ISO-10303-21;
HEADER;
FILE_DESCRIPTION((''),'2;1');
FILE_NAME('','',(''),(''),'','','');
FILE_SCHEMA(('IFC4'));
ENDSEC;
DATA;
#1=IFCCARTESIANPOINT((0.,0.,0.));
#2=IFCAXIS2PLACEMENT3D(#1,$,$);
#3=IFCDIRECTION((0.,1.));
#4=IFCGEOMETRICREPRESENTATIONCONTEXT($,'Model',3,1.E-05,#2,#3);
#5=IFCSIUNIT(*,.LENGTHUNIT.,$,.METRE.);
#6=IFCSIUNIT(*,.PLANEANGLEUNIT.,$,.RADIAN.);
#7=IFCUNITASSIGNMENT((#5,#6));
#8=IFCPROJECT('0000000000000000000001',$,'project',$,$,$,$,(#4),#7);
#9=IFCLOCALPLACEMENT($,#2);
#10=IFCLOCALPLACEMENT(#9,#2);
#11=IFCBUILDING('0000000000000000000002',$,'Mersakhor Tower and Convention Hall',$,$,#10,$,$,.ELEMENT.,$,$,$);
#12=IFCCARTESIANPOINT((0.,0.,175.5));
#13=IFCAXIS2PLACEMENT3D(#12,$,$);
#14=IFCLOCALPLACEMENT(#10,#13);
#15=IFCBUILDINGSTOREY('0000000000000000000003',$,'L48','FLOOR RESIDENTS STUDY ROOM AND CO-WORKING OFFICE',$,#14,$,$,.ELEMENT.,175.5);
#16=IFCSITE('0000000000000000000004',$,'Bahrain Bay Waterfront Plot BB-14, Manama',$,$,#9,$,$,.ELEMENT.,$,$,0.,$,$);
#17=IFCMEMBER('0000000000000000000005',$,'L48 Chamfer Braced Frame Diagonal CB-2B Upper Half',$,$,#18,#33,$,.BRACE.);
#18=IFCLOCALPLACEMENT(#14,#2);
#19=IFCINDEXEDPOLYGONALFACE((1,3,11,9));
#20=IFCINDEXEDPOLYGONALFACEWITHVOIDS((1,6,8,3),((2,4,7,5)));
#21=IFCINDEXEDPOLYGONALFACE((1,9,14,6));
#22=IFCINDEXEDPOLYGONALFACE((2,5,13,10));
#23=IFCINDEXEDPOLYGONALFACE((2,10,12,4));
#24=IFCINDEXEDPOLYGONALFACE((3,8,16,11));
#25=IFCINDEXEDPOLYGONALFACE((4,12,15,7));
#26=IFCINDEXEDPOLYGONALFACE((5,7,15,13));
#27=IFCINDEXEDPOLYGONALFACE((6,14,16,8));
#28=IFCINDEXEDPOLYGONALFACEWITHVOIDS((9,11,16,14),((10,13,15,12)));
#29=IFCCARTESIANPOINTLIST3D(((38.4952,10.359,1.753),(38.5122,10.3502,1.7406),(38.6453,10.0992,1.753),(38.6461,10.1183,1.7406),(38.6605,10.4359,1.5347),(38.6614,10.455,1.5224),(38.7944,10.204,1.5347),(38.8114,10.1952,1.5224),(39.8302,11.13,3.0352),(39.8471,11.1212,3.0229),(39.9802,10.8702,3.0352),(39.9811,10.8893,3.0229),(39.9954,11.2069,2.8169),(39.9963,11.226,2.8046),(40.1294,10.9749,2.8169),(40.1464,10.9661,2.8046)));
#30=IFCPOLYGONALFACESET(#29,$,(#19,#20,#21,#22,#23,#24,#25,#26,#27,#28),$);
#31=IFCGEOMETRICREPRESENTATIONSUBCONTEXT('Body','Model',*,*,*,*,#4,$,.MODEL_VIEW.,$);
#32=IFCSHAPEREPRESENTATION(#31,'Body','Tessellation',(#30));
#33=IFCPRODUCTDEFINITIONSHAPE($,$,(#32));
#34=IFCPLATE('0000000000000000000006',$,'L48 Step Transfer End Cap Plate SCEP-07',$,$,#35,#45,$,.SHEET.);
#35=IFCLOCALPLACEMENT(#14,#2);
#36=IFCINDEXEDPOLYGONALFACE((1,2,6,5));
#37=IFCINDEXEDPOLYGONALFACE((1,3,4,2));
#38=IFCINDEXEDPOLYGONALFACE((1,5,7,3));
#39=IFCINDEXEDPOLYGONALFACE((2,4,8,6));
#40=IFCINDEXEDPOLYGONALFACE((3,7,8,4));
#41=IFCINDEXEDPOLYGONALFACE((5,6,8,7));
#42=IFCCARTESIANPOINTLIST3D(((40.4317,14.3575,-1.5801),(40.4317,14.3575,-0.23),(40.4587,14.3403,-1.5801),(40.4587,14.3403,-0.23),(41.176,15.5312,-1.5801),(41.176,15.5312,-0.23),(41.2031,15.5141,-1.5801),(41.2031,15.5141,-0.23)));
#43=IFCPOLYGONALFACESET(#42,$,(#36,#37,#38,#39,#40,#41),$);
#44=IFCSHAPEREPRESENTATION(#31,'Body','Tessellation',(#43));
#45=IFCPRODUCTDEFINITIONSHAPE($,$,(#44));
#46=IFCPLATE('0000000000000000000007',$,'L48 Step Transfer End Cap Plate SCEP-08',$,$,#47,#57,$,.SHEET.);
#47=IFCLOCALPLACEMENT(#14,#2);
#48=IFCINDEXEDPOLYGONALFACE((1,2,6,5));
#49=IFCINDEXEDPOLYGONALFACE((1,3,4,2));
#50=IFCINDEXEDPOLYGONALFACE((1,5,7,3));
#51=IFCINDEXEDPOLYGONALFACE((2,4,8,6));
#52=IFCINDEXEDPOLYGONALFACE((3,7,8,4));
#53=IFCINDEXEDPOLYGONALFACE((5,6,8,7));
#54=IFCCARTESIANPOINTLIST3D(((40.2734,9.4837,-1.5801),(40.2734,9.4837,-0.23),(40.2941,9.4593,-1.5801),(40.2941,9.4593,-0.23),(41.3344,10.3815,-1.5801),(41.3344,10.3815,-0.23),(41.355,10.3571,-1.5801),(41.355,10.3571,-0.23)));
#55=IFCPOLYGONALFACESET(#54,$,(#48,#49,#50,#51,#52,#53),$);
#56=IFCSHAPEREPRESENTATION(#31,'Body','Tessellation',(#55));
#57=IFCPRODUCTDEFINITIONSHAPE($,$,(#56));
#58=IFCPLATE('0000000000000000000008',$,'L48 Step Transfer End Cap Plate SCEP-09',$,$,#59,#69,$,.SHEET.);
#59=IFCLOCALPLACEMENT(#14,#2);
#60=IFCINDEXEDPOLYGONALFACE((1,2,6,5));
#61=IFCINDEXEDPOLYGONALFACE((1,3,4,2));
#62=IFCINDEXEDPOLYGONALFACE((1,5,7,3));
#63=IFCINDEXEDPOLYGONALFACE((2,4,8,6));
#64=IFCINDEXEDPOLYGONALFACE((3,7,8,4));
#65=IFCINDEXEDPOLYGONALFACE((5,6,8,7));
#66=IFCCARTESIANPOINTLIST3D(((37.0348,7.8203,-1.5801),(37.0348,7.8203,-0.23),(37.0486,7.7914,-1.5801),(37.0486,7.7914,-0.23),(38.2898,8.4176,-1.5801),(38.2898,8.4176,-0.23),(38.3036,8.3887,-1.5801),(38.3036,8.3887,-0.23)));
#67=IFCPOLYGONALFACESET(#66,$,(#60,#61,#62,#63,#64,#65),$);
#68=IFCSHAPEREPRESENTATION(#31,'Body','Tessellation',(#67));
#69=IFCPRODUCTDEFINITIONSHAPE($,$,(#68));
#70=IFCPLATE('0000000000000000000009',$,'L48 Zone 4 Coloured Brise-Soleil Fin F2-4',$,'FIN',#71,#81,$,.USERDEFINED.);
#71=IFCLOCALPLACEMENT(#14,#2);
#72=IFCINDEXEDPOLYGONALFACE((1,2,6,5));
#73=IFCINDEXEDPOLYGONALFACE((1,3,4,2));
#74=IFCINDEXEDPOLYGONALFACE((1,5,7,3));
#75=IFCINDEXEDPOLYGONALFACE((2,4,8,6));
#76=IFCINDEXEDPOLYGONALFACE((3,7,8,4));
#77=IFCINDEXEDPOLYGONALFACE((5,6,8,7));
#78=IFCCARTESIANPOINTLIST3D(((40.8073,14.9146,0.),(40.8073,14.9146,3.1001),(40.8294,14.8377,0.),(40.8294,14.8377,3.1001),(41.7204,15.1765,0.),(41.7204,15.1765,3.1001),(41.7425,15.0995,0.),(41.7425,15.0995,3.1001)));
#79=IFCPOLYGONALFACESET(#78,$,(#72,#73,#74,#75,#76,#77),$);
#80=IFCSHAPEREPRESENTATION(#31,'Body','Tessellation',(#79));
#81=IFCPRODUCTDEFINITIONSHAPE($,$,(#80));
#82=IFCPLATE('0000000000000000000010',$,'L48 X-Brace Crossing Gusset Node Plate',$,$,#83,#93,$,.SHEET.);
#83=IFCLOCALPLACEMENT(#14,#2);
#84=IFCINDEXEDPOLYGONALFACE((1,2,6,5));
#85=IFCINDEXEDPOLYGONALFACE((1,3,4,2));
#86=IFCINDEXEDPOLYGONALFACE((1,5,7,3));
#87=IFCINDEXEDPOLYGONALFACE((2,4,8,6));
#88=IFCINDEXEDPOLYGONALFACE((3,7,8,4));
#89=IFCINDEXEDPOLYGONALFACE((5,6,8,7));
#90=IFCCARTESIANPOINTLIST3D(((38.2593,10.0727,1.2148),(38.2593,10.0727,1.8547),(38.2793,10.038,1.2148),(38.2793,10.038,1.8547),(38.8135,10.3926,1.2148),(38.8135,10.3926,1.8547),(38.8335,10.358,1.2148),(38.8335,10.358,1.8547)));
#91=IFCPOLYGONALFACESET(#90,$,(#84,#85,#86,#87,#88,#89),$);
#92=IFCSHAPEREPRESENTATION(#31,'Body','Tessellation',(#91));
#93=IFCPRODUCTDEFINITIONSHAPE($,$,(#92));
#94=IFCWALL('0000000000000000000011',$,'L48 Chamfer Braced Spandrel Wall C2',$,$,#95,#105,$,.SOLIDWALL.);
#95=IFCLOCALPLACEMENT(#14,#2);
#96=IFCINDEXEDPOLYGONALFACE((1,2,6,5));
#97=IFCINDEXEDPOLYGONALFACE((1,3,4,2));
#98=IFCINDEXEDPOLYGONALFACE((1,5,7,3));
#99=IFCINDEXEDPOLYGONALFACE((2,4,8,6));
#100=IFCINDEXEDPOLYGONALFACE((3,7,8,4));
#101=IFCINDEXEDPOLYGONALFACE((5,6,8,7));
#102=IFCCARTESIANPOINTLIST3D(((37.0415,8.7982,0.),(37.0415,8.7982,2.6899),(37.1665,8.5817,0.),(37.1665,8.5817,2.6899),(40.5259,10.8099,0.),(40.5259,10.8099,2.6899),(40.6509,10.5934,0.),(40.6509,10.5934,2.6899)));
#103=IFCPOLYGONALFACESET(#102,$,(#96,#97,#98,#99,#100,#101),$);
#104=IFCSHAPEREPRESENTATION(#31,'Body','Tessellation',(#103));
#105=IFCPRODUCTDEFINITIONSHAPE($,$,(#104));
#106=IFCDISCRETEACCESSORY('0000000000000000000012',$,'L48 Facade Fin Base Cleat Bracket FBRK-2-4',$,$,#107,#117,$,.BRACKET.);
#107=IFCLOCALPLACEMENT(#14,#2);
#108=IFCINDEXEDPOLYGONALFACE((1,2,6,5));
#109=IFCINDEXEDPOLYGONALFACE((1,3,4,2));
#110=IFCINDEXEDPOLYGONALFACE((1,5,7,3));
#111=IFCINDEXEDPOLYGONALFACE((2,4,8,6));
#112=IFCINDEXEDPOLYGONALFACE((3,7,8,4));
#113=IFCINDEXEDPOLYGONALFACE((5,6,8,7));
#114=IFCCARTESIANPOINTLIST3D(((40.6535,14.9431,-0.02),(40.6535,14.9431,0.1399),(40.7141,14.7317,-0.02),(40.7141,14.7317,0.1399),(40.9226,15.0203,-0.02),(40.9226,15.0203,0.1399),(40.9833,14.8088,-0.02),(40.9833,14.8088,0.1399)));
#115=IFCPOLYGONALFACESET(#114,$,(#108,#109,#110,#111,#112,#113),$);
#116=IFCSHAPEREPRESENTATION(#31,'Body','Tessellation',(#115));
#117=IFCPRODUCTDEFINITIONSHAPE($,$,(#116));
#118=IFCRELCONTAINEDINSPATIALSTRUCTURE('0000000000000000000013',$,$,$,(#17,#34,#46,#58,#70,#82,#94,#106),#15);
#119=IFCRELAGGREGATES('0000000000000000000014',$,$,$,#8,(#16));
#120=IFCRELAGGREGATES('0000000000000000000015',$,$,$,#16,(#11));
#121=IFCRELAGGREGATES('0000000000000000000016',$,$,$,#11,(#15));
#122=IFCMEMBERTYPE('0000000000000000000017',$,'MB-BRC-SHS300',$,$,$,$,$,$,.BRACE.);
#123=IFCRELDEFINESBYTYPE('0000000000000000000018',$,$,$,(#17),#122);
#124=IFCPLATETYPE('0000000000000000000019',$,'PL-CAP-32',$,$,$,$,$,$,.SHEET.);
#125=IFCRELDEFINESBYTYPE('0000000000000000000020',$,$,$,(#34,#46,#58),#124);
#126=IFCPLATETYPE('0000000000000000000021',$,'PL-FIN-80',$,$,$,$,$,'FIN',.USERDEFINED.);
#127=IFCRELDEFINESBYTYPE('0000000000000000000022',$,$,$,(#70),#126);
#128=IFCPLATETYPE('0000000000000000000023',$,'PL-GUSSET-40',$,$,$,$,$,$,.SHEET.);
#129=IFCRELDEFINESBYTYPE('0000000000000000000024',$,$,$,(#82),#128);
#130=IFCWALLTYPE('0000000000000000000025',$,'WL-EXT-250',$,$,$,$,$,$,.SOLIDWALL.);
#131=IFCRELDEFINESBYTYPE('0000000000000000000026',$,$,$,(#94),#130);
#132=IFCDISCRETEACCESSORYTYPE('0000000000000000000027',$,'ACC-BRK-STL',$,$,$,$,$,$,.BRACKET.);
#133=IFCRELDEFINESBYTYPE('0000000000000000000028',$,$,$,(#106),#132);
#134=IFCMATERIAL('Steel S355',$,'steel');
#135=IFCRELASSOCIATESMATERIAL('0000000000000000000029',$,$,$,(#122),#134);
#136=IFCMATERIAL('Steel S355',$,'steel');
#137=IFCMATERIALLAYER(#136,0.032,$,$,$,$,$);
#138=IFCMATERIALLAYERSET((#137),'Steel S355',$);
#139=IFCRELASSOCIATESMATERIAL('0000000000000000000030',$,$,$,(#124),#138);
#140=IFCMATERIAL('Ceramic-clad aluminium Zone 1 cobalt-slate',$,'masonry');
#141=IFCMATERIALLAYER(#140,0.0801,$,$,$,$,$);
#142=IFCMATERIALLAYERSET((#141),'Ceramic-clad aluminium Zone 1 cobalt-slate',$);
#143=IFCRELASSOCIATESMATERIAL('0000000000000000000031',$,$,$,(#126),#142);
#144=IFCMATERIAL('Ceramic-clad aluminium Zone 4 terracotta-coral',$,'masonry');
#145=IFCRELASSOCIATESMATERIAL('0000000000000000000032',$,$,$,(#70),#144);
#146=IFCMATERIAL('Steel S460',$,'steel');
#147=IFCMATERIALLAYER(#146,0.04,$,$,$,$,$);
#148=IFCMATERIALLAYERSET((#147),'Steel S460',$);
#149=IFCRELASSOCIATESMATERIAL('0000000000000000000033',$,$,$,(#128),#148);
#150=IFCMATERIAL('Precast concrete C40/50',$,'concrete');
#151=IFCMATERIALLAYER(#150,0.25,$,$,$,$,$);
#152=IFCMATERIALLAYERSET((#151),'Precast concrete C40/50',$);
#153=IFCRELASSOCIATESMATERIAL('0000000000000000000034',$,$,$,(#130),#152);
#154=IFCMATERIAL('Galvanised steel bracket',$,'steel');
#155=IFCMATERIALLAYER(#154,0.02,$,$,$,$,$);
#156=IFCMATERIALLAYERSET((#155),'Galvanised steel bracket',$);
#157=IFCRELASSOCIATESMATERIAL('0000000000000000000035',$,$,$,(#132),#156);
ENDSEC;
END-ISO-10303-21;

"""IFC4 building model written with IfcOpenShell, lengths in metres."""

from ifc_helpers import new_model, si_unit, direction, frame, frame_2d, origin, origin_2d, place, context, subcontext, project, spatial, rectangle, hollow_rectangle, extrude, material, layer, layer_set, material_profile, profile_set, type_object, element, save


model = new_model("IFC4")

# Units and contexts
model_context = context("Model", 3, precision=1e-05, world=origin(), true_north=direction((0.0, 1.0)))
body_context = subcontext(model_context, "Body", "Model", "MODEL_VIEW")
ifc_project = project(units=[si_unit("LENGTHUNIT", "METRE"), si_unit("PLANEANGLEUNIT", "RADIAN")], contexts=[model_context])

# Site, building, storey
site_placement = place(None, origin())
site = spatial("IfcSite", under=ifc_project, at=site_placement, Name="Bahrain Bay Waterfront Plot BB-14, Manama", CompositionType="ELEMENT", RefElevation=0.0)
building_placement = place(site_placement, origin())
building = spatial("IfcBuilding", under=site, at=building_placement, Name="Mersakhor Tower and Convention Hall", CompositionType="ELEMENT")
storey_placement = place(building_placement, frame((0.0, 0.0, 175.5)))
storey = spatial("IfcBuildingStorey", under=building, at=storey_placement, Name="L48", Description="FLOOR RESIDENTS STUDY ROOM AND CO-WORKING OFFICE", CompositionType="ELEMENT", Elevation=175.5)

# Member
ifc_material_1 = material(Name="Steel S355", Category="steel")
ifc_material_profile_1 = material_profile(ifc_material_1, hollow_rectangle(XDim=0.3, YDim=0.3, WallThickness=0.0161, at=origin_2d()), Name="SHS 300x300x16")
ifc_profile_set_1 = profile_set([ifc_material_profile_1], Name="Steel S355")
member_type = type_object("IfcMemberType", Name="MB-BRC-SHS300", PredefinedType="BRACE", material=ifc_profile_set_1)
member_1_placement = place(storey_placement, frame((38.6533, 10.2771, 1.6377), z_axis=(0.665763, 0.384506, 0.639464), x_axis=(-0.500125, 0.865953, 0.0)))
element("IfcMember", 1, at=member_1_placement, inside=storey, type_object=member_type, Name="L48 Chamfer Braced Frame Diagonal CB-2B Upper Half", PredefinedType="BRACE", context=body_context, shape_type="SweptSolid", body=[
    extrude(hollow_rectangle(XDim=0.3, YDim=0.3, WallThickness=0.0161, at=origin_2d()), origin(), (0.0, 0.0, 1.0), 2.0051),
])

# Plates
ifc_material_2 = material(Name="Steel S355", Category="steel")
ifc_layer_1 = layer(ifc_material_2, 0.032)
ifc_layer_set_1 = layer_set([ifc_layer_1], Name="Steel S355")
plate_type_1 = type_object("IfcPlateType", Name="PL-CAP-32", PredefinedType="SHEET", material=ifc_layer_set_1)
for number, where, z_axis, x_axis, name in (
    (2, (40.8174, 14.9358, -1.5801), (0.0, 0.0, 1.0), (-0.844515, 0.535532, 0.0), "L48 Step Transfer End Cap Plate SCEP-07"),
    (3, (40.8142, 9.9204, -1.5801), (0.0, 0.0, 1.0), (-0.645991, 0.763345, 0.0), "L48 Step Transfer End Cap Plate SCEP-08"),
    (4, (37.6692, 8.1045, -1.5801), (0.0, 0.0, 1.0), (-0.429723, 0.902961, 0.0), "L48 Step Transfer End Cap Plate SCEP-09"),
):
    element("IfcPlate", number, at=place(storey_placement, frame(where, z_axis=z_axis, x_axis=x_axis)), inside=storey, type_object=plate_type_1, Name=name, PredefinedType="SHEET", context=body_context, shape_type="SweptSolid", body=[
        extrude(rectangle(XDim=0.032, YDim=1.3899, at=origin_2d()), origin(), (0.0, 0.0, 1.0), 1.3501),
    ])
ifc_material_3 = material(Name="Ceramic-clad aluminium Zone 4 terracotta-coral", Category="masonry")
ifc_material_4 = material(Name="Ceramic-clad aluminium Zone 1 cobalt-slate", Category="masonry")
ifc_layer_2 = layer(ifc_material_4, 0.0801)
ifc_layer_set_2 = layer_set([ifc_layer_2], Name="Ceramic-clad aluminium Zone 1 cobalt-slate")
plate_type_2 = type_object("IfcPlateType", Name="PL-FIN-80", ElementType="FIN", PredefinedType="USERDEFINED", material=ifc_layer_set_2)
plate_1_placement = place(storey_placement, frame((41.2749, 15.0071, 0.0), z_axis=(0.0, 0.0, 1.0), x_axis=(0.961262, 0.275637, 0.0)))
element("IfcPlate", 5, at=plate_1_placement, inside=storey, type_object=plate_type_2, material=ifc_material_3, Name="L48 Zone 4 Coloured Brise-Soleil Fin F2-4", ObjectType="FIN", PredefinedType="USERDEFINED", context=body_context, shape_type="SweptSolid", body=[
    extrude(rectangle(XDim=0.95, YDim=0.0801, at=origin_2d()), origin(), (0.0, 0.0, 1.0), 3.1001),
])
ifc_material_5 = material(Name="Steel S460", Category="steel")
ifc_layer_3 = layer(ifc_material_5, 0.04)
ifc_layer_set_3 = layer_set([ifc_layer_3], Name="Steel S460")
plate_type_3 = type_object("IfcPlateType", Name="PL-GUSSET-40", PredefinedType="SHEET", material=ifc_layer_set_3)
plate_2_placement = place(storey_placement, frame((38.5464, 10.2153, 1.2148), z_axis=(0.0, 0.0, 1.0), x_axis=(0.866025, 0.5, 0.0)))
element("IfcPlate", 6, at=plate_2_placement, inside=storey, type_object=plate_type_3, Name="L48 X-Brace Crossing Gusset Node Plate", PredefinedType="SHEET", context=body_context, shape_type="SweptSolid", body=[
    extrude(rectangle(XDim=0.6399, YDim=0.04, at=origin_2d()), origin(), (0.0, 0.0, 1.0), 0.6399),
])

# Wall
ifc_material_6 = material(Name="Precast concrete C40/50", Category="concrete")
ifc_layer_4 = layer(ifc_material_6, 0.25)
ifc_layer_set_4 = layer_set([ifc_layer_4], Name="Precast concrete C40/50")
wall_type = type_object("IfcWallType", Name="WL-EXT-250", PredefinedType="SOLIDWALL", material=ifc_layer_set_4)
wall_placement = place(storey_placement, frame((40.5884, 10.7017, 0.0), z_axis=(0.0, 0.0, 1.0), x_axis=(-0.866024, -0.500003, 0.0)))
element("IfcWall", 7, at=wall_placement, inside=storey, type_object=wall_type, Name="L48 Chamfer Braced Spandrel Wall C2", PredefinedType="SOLIDWALL", context=body_context, shape_type="SweptSolid", body=[
    extrude(rectangle(XDim=4.0234, YDim=0.25, at=frame_2d((2.0117, 0.0))), origin(), (0.0, 0.0, 1.0), 2.6899),
])

# Discrete accessory
ifc_material_7 = material(Name="Galvanised steel bracket", Category="steel")
ifc_layer_5 = layer(ifc_material_7, 0.02)
ifc_layer_set_5 = layer_set([ifc_layer_5], Name="Galvanised steel bracket")
discrete_accessory_type = type_object("IfcDiscreteAccessoryType", Name="ACC-BRK-STL", PredefinedType="BRACKET", material=ifc_layer_set_5)
discrete_accessory_placement = place(storey_placement, frame((40.8184, 14.876, -0.02), z_axis=(0.0, 0.0, 1.0), x_axis=(0.961262, 0.275637, 0.0)))
element("IfcDiscreteAccessory", 8, at=discrete_accessory_placement, inside=storey, type_object=discrete_accessory_type, Name="L48 Facade Fin Base Cleat Bracket FBRK-2-4", PredefinedType="BRACKET", context=body_context, shape_type="SweptSolid", body=[
    extrude(rectangle(XDim=0.28, YDim=0.22, at=origin_2d()), origin(), (0.0, 0.0, 1.0), 0.1599),
])

save(model, "model.ifc")
